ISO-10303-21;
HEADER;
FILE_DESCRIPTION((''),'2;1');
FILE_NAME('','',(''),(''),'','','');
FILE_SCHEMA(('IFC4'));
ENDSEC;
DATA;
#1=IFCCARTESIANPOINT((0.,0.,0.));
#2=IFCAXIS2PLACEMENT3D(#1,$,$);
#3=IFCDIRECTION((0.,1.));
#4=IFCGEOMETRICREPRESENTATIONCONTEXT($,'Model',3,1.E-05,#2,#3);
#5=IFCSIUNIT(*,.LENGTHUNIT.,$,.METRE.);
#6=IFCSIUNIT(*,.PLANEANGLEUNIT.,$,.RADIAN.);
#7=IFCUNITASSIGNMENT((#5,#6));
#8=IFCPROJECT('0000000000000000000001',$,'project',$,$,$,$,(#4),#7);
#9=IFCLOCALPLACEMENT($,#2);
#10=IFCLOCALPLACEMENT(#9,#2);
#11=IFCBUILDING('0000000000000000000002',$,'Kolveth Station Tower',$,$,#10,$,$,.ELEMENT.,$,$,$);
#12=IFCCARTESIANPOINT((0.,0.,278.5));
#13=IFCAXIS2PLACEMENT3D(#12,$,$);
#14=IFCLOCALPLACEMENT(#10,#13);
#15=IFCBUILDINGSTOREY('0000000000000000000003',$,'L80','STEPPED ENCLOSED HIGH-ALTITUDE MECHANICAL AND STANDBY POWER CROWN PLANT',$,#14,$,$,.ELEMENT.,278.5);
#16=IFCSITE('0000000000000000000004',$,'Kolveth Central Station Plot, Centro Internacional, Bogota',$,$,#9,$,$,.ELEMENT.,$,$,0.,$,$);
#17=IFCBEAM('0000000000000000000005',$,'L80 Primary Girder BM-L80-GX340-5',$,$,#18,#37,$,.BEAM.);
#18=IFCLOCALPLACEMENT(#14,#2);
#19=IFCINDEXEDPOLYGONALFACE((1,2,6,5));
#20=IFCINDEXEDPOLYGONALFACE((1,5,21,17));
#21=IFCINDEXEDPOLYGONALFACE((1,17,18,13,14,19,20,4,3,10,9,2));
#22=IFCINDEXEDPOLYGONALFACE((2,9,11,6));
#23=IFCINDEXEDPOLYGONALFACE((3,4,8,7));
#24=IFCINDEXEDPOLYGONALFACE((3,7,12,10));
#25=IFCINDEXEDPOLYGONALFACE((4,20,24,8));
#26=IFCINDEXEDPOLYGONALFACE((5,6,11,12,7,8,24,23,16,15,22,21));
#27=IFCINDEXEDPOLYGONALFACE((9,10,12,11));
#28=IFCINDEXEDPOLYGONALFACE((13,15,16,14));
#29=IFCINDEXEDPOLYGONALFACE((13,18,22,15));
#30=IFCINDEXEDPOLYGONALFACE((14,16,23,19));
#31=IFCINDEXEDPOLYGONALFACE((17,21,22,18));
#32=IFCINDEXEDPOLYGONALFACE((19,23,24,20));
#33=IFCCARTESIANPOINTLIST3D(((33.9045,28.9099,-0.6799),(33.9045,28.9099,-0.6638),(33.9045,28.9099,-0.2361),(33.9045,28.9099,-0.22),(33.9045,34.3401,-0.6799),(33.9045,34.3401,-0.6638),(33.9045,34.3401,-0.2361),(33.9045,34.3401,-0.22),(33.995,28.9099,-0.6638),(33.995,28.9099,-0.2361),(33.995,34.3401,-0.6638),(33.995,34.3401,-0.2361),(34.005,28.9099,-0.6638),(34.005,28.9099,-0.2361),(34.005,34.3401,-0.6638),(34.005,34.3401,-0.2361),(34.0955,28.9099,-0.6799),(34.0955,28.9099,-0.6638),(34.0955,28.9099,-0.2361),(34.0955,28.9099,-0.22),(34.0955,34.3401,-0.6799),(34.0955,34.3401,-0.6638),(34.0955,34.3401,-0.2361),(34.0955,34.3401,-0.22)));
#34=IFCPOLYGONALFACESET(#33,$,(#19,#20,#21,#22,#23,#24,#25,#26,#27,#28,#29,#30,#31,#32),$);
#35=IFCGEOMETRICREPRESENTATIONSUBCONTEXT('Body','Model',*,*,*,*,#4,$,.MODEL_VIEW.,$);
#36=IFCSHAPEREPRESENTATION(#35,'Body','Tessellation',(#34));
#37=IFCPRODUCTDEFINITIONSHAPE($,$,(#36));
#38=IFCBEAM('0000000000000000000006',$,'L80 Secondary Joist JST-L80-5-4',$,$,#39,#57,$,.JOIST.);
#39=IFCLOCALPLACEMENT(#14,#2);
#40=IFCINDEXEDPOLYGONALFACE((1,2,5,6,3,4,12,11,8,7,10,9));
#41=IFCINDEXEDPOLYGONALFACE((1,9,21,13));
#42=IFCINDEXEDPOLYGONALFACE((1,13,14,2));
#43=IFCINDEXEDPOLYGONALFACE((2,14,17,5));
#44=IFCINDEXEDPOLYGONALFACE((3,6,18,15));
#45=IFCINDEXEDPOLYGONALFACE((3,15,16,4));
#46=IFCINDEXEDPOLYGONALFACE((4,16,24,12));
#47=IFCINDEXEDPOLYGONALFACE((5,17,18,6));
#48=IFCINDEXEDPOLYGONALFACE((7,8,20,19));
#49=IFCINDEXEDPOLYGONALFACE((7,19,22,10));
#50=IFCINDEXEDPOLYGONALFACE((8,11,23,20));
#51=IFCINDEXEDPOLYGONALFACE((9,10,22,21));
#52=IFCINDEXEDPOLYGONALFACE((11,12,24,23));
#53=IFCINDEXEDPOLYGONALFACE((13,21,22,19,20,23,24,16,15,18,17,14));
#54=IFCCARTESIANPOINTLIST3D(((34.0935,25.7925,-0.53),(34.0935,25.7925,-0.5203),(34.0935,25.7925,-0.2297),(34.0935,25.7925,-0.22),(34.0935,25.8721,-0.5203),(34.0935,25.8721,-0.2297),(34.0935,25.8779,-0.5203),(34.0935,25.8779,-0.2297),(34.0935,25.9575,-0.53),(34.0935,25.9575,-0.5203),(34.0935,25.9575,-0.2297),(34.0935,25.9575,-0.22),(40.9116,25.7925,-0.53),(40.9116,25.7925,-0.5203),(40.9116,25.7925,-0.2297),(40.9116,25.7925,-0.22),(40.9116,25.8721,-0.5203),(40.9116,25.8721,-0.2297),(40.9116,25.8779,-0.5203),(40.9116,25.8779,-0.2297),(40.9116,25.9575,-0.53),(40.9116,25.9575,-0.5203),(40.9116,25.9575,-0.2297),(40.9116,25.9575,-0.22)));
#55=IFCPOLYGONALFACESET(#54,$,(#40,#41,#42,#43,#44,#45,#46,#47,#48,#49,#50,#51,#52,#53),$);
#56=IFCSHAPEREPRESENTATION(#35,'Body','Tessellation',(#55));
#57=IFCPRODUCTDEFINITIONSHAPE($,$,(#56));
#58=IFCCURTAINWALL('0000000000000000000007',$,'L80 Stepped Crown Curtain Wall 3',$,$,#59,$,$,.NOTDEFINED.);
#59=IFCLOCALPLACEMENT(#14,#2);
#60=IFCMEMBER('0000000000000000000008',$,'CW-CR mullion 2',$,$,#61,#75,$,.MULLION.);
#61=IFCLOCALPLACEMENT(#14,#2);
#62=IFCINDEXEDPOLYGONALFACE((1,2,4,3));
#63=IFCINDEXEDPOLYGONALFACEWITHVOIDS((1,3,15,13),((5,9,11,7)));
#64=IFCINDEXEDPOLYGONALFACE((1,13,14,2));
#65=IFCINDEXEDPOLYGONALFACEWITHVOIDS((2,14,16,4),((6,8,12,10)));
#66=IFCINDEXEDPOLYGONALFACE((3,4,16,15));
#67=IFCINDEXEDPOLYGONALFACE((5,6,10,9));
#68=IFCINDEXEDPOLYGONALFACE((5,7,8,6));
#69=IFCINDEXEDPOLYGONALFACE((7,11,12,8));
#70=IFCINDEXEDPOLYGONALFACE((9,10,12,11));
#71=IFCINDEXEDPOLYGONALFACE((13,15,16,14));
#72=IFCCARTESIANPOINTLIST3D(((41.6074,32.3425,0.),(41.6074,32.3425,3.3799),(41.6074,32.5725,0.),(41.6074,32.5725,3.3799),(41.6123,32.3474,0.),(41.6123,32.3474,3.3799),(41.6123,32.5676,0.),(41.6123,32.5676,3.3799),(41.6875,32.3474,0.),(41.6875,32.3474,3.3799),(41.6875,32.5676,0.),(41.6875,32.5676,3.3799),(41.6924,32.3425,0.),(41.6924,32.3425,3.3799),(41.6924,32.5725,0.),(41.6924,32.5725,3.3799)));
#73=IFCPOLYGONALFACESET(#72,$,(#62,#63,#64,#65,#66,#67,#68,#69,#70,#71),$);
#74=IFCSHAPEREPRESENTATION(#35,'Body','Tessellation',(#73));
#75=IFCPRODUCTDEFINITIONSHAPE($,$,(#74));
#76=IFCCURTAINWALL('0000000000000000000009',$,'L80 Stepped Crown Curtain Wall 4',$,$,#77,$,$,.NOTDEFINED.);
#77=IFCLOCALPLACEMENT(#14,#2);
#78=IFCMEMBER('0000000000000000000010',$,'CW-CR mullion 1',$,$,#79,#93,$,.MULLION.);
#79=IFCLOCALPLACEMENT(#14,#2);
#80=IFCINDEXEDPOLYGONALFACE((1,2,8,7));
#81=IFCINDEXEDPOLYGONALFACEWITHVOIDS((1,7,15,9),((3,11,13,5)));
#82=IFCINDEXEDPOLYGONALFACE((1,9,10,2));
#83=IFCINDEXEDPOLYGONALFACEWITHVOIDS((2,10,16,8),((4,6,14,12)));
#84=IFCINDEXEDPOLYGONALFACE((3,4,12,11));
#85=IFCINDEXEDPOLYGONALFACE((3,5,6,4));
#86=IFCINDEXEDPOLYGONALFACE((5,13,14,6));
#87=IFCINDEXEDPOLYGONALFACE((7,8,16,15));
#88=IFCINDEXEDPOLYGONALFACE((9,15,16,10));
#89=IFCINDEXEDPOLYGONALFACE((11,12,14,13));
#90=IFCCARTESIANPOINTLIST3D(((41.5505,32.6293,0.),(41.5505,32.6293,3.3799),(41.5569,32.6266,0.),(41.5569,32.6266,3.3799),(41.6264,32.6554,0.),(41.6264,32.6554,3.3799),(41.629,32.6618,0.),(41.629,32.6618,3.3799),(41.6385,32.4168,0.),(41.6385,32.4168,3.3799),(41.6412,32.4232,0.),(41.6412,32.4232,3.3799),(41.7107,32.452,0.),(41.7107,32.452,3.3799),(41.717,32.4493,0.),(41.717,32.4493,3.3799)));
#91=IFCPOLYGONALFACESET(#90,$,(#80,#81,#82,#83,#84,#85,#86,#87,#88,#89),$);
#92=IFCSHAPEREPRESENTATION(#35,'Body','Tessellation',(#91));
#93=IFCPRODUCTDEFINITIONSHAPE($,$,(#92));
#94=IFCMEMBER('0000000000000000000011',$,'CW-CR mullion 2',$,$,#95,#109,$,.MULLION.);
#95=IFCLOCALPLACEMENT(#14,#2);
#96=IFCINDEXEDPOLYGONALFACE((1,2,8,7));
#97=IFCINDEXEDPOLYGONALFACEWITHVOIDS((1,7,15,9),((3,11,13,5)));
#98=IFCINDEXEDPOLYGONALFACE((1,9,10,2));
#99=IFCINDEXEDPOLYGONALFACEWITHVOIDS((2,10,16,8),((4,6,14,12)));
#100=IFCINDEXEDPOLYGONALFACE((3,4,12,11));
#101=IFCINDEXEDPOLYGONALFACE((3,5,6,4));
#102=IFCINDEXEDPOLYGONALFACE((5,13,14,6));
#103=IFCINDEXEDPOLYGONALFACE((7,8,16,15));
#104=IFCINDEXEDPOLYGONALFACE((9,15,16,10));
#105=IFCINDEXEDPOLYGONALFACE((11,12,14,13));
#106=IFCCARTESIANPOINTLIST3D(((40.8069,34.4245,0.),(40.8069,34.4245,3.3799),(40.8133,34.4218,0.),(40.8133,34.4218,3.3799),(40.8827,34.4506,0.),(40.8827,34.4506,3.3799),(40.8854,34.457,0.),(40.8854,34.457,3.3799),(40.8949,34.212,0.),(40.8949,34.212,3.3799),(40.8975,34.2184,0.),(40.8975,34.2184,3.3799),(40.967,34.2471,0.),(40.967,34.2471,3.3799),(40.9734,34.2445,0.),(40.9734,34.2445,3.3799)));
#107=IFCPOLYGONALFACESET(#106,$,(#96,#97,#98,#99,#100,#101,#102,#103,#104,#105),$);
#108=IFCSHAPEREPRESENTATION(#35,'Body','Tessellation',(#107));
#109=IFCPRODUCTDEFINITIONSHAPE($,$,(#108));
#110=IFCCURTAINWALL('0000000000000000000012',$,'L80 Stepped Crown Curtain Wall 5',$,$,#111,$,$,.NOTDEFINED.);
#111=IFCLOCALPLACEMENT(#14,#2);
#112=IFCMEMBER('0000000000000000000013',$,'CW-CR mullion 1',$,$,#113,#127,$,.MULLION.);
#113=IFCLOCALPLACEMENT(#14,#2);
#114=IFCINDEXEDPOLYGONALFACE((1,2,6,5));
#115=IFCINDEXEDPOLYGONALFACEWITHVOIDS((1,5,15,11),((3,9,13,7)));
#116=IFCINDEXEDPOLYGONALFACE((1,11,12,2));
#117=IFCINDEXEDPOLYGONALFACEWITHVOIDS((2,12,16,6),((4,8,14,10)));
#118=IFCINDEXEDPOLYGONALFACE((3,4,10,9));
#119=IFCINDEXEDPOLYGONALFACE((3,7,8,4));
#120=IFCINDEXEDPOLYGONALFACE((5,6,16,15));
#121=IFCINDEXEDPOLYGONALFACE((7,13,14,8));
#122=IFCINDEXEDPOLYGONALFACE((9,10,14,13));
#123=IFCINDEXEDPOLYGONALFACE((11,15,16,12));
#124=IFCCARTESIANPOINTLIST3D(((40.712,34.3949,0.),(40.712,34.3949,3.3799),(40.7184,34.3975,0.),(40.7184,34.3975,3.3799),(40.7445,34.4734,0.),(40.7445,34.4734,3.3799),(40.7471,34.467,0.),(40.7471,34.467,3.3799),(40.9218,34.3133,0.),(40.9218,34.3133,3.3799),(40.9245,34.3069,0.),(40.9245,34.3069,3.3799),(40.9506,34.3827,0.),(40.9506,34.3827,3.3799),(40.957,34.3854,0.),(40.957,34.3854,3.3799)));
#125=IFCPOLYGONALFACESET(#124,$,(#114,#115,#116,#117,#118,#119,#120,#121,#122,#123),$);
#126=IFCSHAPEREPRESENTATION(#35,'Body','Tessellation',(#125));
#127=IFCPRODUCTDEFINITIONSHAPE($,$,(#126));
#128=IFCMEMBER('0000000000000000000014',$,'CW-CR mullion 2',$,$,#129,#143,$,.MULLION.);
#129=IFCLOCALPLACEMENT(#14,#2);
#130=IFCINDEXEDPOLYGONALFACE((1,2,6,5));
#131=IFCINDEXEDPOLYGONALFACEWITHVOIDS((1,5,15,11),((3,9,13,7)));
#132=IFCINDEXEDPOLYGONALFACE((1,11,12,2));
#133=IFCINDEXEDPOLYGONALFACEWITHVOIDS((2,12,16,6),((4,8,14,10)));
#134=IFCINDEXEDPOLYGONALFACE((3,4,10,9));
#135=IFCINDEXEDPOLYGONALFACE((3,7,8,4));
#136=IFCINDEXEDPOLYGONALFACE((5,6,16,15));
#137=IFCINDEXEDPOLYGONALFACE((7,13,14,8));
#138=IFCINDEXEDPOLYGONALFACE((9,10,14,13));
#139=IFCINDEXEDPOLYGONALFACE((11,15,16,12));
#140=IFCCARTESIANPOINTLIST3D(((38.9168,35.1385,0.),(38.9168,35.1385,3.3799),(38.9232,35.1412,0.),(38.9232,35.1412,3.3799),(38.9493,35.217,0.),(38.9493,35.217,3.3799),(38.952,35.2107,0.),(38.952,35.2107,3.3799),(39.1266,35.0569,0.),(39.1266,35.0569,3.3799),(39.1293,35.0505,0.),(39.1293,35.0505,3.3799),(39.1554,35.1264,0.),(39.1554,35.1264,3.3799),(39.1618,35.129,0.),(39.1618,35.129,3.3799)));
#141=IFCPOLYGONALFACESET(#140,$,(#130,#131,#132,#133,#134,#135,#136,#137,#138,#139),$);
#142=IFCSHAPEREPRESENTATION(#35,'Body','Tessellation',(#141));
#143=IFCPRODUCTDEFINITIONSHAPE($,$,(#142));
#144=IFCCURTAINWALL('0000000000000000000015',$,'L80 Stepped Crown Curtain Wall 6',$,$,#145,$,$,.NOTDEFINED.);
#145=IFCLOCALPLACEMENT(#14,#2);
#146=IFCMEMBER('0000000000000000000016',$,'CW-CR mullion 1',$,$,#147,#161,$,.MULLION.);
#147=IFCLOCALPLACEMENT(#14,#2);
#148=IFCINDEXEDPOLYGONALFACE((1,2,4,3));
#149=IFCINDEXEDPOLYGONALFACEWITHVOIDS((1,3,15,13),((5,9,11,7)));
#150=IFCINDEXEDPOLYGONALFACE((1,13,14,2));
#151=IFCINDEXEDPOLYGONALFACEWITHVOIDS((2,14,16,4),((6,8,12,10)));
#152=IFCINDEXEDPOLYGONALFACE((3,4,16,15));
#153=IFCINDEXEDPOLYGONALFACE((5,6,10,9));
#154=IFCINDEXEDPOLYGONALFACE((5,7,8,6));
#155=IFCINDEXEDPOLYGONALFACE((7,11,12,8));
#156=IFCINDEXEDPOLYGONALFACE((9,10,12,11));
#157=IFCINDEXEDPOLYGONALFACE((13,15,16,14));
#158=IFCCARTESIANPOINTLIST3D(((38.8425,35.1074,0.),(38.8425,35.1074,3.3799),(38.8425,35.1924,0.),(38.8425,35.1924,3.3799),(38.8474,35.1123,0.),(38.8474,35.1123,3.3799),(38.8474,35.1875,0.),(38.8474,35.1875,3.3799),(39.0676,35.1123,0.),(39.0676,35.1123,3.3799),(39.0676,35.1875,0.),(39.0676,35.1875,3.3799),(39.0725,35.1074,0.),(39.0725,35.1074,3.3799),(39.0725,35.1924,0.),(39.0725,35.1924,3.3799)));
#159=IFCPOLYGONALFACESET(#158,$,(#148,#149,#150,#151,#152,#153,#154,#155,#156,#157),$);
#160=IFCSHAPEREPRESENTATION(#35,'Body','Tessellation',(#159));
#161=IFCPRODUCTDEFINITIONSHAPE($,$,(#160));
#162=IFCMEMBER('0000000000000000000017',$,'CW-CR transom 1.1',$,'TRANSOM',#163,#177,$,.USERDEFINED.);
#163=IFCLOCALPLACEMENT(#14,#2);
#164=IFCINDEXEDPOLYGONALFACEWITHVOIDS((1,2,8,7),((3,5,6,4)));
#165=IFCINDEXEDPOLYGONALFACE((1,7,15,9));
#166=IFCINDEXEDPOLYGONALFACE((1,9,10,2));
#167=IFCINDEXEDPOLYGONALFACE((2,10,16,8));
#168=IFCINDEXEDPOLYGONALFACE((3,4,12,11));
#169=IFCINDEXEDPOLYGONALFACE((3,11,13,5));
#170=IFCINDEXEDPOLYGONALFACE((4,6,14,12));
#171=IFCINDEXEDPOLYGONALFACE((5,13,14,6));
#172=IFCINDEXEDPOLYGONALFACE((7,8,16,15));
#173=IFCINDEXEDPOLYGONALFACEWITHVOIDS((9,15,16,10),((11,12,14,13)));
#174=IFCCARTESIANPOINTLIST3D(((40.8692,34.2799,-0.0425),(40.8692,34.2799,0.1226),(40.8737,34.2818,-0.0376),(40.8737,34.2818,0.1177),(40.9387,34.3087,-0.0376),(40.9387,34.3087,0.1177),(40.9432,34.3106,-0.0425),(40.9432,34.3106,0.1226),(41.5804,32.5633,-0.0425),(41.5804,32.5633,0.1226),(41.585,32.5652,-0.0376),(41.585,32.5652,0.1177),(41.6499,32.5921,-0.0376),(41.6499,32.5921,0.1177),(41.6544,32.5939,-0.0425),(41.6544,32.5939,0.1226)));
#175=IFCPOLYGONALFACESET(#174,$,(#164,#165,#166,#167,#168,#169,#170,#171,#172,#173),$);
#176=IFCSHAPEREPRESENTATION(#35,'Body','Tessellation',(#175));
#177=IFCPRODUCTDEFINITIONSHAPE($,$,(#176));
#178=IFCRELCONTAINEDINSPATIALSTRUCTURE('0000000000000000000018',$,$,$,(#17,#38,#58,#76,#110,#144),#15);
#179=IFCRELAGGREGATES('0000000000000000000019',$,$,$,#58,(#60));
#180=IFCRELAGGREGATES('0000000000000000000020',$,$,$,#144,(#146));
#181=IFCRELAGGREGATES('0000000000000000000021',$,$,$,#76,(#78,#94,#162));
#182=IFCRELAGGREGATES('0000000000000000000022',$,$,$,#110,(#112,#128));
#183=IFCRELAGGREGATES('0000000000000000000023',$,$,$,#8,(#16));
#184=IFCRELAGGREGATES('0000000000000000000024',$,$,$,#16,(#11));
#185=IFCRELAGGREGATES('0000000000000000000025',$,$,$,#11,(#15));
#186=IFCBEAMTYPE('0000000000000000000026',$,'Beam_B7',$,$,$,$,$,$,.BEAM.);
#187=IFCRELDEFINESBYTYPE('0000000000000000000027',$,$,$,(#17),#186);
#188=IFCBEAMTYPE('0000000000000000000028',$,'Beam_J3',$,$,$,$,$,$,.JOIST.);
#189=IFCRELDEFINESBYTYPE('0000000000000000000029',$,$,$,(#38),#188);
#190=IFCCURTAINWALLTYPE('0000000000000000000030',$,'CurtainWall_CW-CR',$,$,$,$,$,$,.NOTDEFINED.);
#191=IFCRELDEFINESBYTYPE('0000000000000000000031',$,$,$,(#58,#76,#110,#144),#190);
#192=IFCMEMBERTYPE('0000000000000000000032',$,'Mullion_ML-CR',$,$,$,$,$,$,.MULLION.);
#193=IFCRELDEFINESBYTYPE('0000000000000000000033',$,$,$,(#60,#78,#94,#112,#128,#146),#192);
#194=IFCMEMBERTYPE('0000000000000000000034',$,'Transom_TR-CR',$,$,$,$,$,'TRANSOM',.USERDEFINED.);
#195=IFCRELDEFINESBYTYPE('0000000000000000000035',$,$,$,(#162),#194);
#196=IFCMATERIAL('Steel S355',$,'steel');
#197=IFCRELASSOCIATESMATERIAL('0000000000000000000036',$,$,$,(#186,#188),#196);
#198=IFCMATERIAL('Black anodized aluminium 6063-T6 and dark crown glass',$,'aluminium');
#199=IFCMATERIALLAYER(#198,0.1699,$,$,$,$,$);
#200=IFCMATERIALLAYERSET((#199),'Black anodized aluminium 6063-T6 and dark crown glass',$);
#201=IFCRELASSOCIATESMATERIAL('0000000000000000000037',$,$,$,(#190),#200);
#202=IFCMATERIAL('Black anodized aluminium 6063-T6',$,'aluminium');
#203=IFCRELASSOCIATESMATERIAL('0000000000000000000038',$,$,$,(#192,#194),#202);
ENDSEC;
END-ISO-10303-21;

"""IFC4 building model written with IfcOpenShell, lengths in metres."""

from ifc_helpers import new_model, si_unit, direction, frame, origin, origin_2d, place, context, subcontext, project, spatial, hollow_rectangle, i_section, extrude, source, transform, mapped, material, layer, layer_set, material_profile, profile_set, type_object, element, aggregate, save


model = new_model("IFC4")

# Units and contexts
model_context = context("Model", 3, precision=1e-05, world=origin(), true_north=direction((0.0, 1.0)))
body_context = subcontext(model_context, "Body", "Model", "MODEL_VIEW")
ifc_project = project(units=[si_unit("LENGTHUNIT", "METRE"), si_unit("PLANEANGLEUNIT", "RADIAN")], contexts=[model_context])

# Site, building, storey
site_placement = place(None, origin())
site = spatial("IfcSite", under=ifc_project, at=site_placement, Name="Kolveth Central Station Plot, Centro Internacional, Bogota", CompositionType="ELEMENT", RefElevation=0.0)
building_placement = place(site_placement, origin())
building = spatial("IfcBuilding", under=site, at=building_placement, Name="Kolveth Station Tower", CompositionType="ELEMENT")
storey_placement = place(building_placement, frame((0.0, 0.0, 278.5)))
storey = spatial("IfcBuildingStorey", under=building, at=storey_placement, Name="L80", Description="STEPPED ENCLOSED HIGH-ALTITUDE MECHANICAL AND STANDBY POWER CROWN PLANT", CompositionType="ELEMENT", Elevation=278.5)

# Shared definitions
ifc_material_1 = material(Name="Steel S355", Category="steel")

# Beams
ifc_material_profile_1 = material_profile(ifc_material_1, i_section(OverallWidth=0.1909, OverallDepth=0.46, WebThickness=0.01, FlangeThickness=0.0161, at=origin_2d()), Name="W460x82")
ifc_profile_set_1 = profile_set([ifc_material_profile_1], Name="Steel S355")
beam_type_1 = type_object("IfcBeamType", Name="Beam_B7", PredefinedType="BEAM", material=ifc_profile_set_1)
shared_shape_1 = source(origin(), body_context, "Body", "SweptSolid", [
    extrude(i_section(OverallWidth=0.1909, OverallDepth=0.46, WebThickness=0.01, FlangeThickness=0.0161, at=origin_2d()), origin(), (0.0, 0.0, 1.0), 5.4302),
])
for number, where, z_axis, x_axis, name in (
    (1, (34.0, 28.9099, -0.45), (0.0, 1.0, 0.0), (-1.0, 0.0, 0.0), "L80 Primary Girder BM-L80-GX340-5"),
):
    element("IfcBeam", number, at=place(storey_placement, frame(where, z_axis=z_axis, x_axis=x_axis)), inside=storey, type_object=beam_type_1, Name=name, PredefinedType="BEAM", context=body_context, shape_type="MappedRepresentation", body=[
        mapped(shared_shape_1, transform((0.0, 0.0, 0.0), x_axis=(1.0, 0.0, 0.0), y_axis=(0.0, 1.0, 0.0), z_axis=(0.0, 0.0, 1.0), scale=1.0)),
    ])
ifc_material_profile_2 = material_profile(ifc_material_1, i_section(OverallWidth=0.165, OverallDepth=0.3101, WebThickness=0.0059, FlangeThickness=0.0098, at=origin_2d()), Name="W310x39")
ifc_profile_set_2 = profile_set([ifc_material_profile_2], Name="Steel S355")
beam_type_2 = type_object("IfcBeamType", Name="Beam_J3", PredefinedType="JOIST", material=ifc_profile_set_2)
shared_shape_2 = source(origin(), body_context, "Body", "SweptSolid", [
    extrude(i_section(OverallWidth=0.165, OverallDepth=0.3101, WebThickness=0.0059, FlangeThickness=0.0098, at=origin_2d()), origin(), (0.0, 0.0, 1.0), 6.8181),
])
beam_1_placement = place(storey_placement, frame((34.0935, 25.875, -0.375), z_axis=(1.0, 0.0, 0.0), x_axis=(0.0, 1.0, 0.0)))
element("IfcBeam", 2, at=beam_1_placement, inside=storey, type_object=beam_type_2, Name="L80 Secondary Joist JST-L80-5-4", PredefinedType="JOIST", context=body_context, shape_type="MappedRepresentation", body=[
    mapped(shared_shape_2, transform((0.0, 0.0, 0.0), x_axis=(1.0, 0.0, 0.0), y_axis=(0.0, 1.0, 0.0), z_axis=(0.0, 0.0, 1.0), scale=1.0)),
])

# Curtain wall, member
ifc_material_2 = material(Name="Black anodized aluminium 6063-T6 and dark crown glass", Category="aluminium")
ifc_layer_1 = layer(ifc_material_2, 0.1699)
ifc_layer_set_1 = layer_set([ifc_layer_1], Name="Black anodized aluminium 6063-T6 and dark crown glass")
curtain_wall_type = type_object("IfcCurtainWallType", Name="CurtainWall_CW-CR", PredefinedType="NOTDEFINED", material=ifc_layer_set_1)
curtain_wall_1_placement = place(storey_placement, origin())
curtain_wall_1 = element("IfcCurtainWall", 3, at=curtain_wall_1_placement, inside=storey, type_object=curtain_wall_type, Name="L80 Stepped Crown Curtain Wall 3", PredefinedType="NOTDEFINED")
ifc_material_3 = material(Name="Black anodized aluminium 6063-T6", Category="aluminium")
ifc_material_profile_3 = material_profile(ifc_material_3, hollow_rectangle(XDim=0.085, YDim=0.23, WallThickness=0.0049, at=origin_2d()), Name="ALU-85x230x5")
ifc_profile_set_3 = profile_set([ifc_material_profile_3], Name="Black anodized aluminium 6063-T6")
member_type_1 = type_object("IfcMemberType", Name="Mullion_ML-CR", PredefinedType="MULLION", material=ifc_profile_set_3)
shared_shape_3 = source(origin(), body_context, "Body", "SweptSolid", [
    extrude(hollow_rectangle(XDim=0.085, YDim=0.23, WallThickness=0.0049, at=origin_2d()), origin(), (0.0, 0.0, 1.0), 3.3799),
])
member_1_placement = place(storey_placement, frame((41.6499, 32.4575, 0.0), z_axis=(0.0, 0.0, 1.0), x_axis=(-1.0, 0.0, 0.0)))
member_1 = element("IfcMember", 4, at=member_1_placement, type_object=member_type_1, Name="CW-CR mullion 2", PredefinedType="MULLION", context=body_context, shape_type="MappedRepresentation", body=[
    mapped(shared_shape_3, transform((0.0, 0.0, 0.0), x_axis=(1.0, 0.0, 0.0), y_axis=(0.0, 1.0, 0.0), z_axis=(0.0, 0.0, 1.0), scale=1.0)),
])
aggregate(curtain_wall_1, [member_1])

# Curtain walls, members
curtain_wall_2_placement = place(storey_placement, origin())
curtain_wall_2 = element("IfcCurtainWall", 5, at=curtain_wall_2_placement, inside=storey, type_object=curtain_wall_type, Name="L80 Stepped Crown Curtain Wall 4", PredefinedType="NOTDEFINED")
member_2_placement = place(storey_placement, frame((41.6338, 32.5393, 0.0), z_axis=(0.0, 0.0, 1.0), x_axis=(-0.923871, -0.382703, 0.0)))
member_2 = element("IfcMember", 6, at=member_2_placement, type_object=member_type_1, Name="CW-CR mullion 1", PredefinedType="MULLION", context=body_context, shape_type="MappedRepresentation", body=[
    mapped(shared_shape_3, transform((0.0, 0.0, 0.0), x_axis=(1.0, 0.0, 0.0), y_axis=(0.0, 1.0, 0.0), z_axis=(0.0, 0.0, 1.0), scale=1.0)),
])
member_3_placement = place(storey_placement, frame((40.8901, 34.3345, 0.0), z_axis=(0.0, 0.0, 1.0), x_axis=(-0.923871, -0.382703, 0.0)))
member_3 = element("IfcMember", 7, at=member_3_placement, type_object=member_type_1, Name="CW-CR mullion 2", PredefinedType="MULLION", context=body_context, shape_type="MappedRepresentation", body=[
    mapped(shared_shape_3, transform((0.0, 0.0, 0.0), x_axis=(1.0, 0.0, 0.0), y_axis=(0.0, 1.0, 0.0), z_axis=(0.0, 0.0, 1.0), scale=1.0)),
])
curtain_wall_3_placement = place(storey_placement, origin())
curtain_wall_3 = element("IfcCurtainWall", 8, at=curtain_wall_3_placement, inside=storey, type_object=curtain_wall_type, Name="L80 Stepped Crown Curtain Wall 5", PredefinedType="NOTDEFINED")
member_4_placement = place(storey_placement, frame((40.8345, 34.3901, 0.0), z_axis=(0.0, 0.0, 1.0), x_axis=(-0.382703, -0.923871, 0.0)))
member_4 = element("IfcMember", 9, at=member_4_placement, type_object=member_type_1, Name="CW-CR mullion 1", PredefinedType="MULLION", context=body_context, shape_type="MappedRepresentation", body=[
    mapped(shared_shape_3, transform((0.0, 0.0, 0.0), x_axis=(1.0, 0.0, 0.0), y_axis=(0.0, 1.0, 0.0), z_axis=(0.0, 0.0, 1.0), scale=1.0)),
])
member_5_placement = place(storey_placement, frame((39.0393, 35.1338, 0.0), z_axis=(0.0, 0.0, 1.0), x_axis=(-0.382703, -0.923871, 0.0)))
member_5 = element("IfcMember", 10, at=member_5_placement, type_object=member_type_1, Name="CW-CR mullion 2", PredefinedType="MULLION", context=body_context, shape_type="MappedRepresentation", body=[
    mapped(shared_shape_3, transform((0.0, 0.0, 0.0), x_axis=(1.0, 0.0, 0.0), y_axis=(0.0, 1.0, 0.0), z_axis=(0.0, 0.0, 1.0), scale=1.0)),
])

# Curtain wall, member
curtain_wall_4_placement = place(storey_placement, origin())
curtain_wall_4 = element("IfcCurtainWall", 11, at=curtain_wall_4_placement, inside=storey, type_object=curtain_wall_type, Name="L80 Stepped Crown Curtain Wall 6", PredefinedType="NOTDEFINED")
member_6_placement = place(storey_placement, frame((38.9575, 35.1499, 0.0), z_axis=(0.0, 0.0, 1.0), x_axis=(0.0, -1.0, 0.0)))
member_6 = element("IfcMember", 12, at=member_6_placement, type_object=member_type_1, Name="CW-CR mullion 1", PredefinedType="MULLION", context=body_context, shape_type="MappedRepresentation", body=[
    mapped(shared_shape_3, transform((0.0, 0.0, 0.0), x_axis=(1.0, 0.0, 0.0), y_axis=(0.0, 1.0, 0.0), z_axis=(0.0, 0.0, 1.0), scale=1.0)),
])

# Member
ifc_material_profile_4 = material_profile(ifc_material_3, hollow_rectangle(XDim=0.0801, YDim=0.165, WallThickness=0.0049, at=origin_2d()), Name="ALU-80x165x5")
ifc_profile_set_4 = profile_set([ifc_material_profile_4], Name="Black anodized aluminium 6063-T6")
member_type_2 = type_object("IfcMemberType", Name="Transom_TR-CR", ElementType="TRANSOM", PredefinedType="USERDEFINED", material=ifc_profile_set_4)
shared_shape_4 = source(origin(), body_context, "Body", "SweptSolid", [
    extrude(hollow_rectangle(XDim=0.0801, YDim=0.165, WallThickness=0.0049, at=origin_2d()), origin(), (0.0, 0.0, 1.0), 1.8582),
])
member_7_placement = place(storey_placement, frame((41.6174, 32.5786, 0.04), z_axis=(-0.382758, 0.923849, 0.0), x_axis=(-0.923849, -0.382758, 0.0)))
member_7 = element("IfcMember", 13, at=member_7_placement, type_object=member_type_2, Name="CW-CR transom 1.1", ObjectType="TRANSOM", PredefinedType="USERDEFINED", context=body_context, shape_type="MappedRepresentation", body=[
    mapped(shared_shape_4, transform((0.0, 0.0, 0.0), x_axis=(1.0, 0.0, 0.0), y_axis=(0.0, 1.0, 0.0), z_axis=(0.0, 0.0, 1.0), scale=1.0)),
])
aggregate(curtain_wall_4, [member_6])

aggregate(curtain_wall_2, [member_2, member_3, member_7])
aggregate(curtain_wall_3, [member_4, member_5])

save(model, "model.ifc")
